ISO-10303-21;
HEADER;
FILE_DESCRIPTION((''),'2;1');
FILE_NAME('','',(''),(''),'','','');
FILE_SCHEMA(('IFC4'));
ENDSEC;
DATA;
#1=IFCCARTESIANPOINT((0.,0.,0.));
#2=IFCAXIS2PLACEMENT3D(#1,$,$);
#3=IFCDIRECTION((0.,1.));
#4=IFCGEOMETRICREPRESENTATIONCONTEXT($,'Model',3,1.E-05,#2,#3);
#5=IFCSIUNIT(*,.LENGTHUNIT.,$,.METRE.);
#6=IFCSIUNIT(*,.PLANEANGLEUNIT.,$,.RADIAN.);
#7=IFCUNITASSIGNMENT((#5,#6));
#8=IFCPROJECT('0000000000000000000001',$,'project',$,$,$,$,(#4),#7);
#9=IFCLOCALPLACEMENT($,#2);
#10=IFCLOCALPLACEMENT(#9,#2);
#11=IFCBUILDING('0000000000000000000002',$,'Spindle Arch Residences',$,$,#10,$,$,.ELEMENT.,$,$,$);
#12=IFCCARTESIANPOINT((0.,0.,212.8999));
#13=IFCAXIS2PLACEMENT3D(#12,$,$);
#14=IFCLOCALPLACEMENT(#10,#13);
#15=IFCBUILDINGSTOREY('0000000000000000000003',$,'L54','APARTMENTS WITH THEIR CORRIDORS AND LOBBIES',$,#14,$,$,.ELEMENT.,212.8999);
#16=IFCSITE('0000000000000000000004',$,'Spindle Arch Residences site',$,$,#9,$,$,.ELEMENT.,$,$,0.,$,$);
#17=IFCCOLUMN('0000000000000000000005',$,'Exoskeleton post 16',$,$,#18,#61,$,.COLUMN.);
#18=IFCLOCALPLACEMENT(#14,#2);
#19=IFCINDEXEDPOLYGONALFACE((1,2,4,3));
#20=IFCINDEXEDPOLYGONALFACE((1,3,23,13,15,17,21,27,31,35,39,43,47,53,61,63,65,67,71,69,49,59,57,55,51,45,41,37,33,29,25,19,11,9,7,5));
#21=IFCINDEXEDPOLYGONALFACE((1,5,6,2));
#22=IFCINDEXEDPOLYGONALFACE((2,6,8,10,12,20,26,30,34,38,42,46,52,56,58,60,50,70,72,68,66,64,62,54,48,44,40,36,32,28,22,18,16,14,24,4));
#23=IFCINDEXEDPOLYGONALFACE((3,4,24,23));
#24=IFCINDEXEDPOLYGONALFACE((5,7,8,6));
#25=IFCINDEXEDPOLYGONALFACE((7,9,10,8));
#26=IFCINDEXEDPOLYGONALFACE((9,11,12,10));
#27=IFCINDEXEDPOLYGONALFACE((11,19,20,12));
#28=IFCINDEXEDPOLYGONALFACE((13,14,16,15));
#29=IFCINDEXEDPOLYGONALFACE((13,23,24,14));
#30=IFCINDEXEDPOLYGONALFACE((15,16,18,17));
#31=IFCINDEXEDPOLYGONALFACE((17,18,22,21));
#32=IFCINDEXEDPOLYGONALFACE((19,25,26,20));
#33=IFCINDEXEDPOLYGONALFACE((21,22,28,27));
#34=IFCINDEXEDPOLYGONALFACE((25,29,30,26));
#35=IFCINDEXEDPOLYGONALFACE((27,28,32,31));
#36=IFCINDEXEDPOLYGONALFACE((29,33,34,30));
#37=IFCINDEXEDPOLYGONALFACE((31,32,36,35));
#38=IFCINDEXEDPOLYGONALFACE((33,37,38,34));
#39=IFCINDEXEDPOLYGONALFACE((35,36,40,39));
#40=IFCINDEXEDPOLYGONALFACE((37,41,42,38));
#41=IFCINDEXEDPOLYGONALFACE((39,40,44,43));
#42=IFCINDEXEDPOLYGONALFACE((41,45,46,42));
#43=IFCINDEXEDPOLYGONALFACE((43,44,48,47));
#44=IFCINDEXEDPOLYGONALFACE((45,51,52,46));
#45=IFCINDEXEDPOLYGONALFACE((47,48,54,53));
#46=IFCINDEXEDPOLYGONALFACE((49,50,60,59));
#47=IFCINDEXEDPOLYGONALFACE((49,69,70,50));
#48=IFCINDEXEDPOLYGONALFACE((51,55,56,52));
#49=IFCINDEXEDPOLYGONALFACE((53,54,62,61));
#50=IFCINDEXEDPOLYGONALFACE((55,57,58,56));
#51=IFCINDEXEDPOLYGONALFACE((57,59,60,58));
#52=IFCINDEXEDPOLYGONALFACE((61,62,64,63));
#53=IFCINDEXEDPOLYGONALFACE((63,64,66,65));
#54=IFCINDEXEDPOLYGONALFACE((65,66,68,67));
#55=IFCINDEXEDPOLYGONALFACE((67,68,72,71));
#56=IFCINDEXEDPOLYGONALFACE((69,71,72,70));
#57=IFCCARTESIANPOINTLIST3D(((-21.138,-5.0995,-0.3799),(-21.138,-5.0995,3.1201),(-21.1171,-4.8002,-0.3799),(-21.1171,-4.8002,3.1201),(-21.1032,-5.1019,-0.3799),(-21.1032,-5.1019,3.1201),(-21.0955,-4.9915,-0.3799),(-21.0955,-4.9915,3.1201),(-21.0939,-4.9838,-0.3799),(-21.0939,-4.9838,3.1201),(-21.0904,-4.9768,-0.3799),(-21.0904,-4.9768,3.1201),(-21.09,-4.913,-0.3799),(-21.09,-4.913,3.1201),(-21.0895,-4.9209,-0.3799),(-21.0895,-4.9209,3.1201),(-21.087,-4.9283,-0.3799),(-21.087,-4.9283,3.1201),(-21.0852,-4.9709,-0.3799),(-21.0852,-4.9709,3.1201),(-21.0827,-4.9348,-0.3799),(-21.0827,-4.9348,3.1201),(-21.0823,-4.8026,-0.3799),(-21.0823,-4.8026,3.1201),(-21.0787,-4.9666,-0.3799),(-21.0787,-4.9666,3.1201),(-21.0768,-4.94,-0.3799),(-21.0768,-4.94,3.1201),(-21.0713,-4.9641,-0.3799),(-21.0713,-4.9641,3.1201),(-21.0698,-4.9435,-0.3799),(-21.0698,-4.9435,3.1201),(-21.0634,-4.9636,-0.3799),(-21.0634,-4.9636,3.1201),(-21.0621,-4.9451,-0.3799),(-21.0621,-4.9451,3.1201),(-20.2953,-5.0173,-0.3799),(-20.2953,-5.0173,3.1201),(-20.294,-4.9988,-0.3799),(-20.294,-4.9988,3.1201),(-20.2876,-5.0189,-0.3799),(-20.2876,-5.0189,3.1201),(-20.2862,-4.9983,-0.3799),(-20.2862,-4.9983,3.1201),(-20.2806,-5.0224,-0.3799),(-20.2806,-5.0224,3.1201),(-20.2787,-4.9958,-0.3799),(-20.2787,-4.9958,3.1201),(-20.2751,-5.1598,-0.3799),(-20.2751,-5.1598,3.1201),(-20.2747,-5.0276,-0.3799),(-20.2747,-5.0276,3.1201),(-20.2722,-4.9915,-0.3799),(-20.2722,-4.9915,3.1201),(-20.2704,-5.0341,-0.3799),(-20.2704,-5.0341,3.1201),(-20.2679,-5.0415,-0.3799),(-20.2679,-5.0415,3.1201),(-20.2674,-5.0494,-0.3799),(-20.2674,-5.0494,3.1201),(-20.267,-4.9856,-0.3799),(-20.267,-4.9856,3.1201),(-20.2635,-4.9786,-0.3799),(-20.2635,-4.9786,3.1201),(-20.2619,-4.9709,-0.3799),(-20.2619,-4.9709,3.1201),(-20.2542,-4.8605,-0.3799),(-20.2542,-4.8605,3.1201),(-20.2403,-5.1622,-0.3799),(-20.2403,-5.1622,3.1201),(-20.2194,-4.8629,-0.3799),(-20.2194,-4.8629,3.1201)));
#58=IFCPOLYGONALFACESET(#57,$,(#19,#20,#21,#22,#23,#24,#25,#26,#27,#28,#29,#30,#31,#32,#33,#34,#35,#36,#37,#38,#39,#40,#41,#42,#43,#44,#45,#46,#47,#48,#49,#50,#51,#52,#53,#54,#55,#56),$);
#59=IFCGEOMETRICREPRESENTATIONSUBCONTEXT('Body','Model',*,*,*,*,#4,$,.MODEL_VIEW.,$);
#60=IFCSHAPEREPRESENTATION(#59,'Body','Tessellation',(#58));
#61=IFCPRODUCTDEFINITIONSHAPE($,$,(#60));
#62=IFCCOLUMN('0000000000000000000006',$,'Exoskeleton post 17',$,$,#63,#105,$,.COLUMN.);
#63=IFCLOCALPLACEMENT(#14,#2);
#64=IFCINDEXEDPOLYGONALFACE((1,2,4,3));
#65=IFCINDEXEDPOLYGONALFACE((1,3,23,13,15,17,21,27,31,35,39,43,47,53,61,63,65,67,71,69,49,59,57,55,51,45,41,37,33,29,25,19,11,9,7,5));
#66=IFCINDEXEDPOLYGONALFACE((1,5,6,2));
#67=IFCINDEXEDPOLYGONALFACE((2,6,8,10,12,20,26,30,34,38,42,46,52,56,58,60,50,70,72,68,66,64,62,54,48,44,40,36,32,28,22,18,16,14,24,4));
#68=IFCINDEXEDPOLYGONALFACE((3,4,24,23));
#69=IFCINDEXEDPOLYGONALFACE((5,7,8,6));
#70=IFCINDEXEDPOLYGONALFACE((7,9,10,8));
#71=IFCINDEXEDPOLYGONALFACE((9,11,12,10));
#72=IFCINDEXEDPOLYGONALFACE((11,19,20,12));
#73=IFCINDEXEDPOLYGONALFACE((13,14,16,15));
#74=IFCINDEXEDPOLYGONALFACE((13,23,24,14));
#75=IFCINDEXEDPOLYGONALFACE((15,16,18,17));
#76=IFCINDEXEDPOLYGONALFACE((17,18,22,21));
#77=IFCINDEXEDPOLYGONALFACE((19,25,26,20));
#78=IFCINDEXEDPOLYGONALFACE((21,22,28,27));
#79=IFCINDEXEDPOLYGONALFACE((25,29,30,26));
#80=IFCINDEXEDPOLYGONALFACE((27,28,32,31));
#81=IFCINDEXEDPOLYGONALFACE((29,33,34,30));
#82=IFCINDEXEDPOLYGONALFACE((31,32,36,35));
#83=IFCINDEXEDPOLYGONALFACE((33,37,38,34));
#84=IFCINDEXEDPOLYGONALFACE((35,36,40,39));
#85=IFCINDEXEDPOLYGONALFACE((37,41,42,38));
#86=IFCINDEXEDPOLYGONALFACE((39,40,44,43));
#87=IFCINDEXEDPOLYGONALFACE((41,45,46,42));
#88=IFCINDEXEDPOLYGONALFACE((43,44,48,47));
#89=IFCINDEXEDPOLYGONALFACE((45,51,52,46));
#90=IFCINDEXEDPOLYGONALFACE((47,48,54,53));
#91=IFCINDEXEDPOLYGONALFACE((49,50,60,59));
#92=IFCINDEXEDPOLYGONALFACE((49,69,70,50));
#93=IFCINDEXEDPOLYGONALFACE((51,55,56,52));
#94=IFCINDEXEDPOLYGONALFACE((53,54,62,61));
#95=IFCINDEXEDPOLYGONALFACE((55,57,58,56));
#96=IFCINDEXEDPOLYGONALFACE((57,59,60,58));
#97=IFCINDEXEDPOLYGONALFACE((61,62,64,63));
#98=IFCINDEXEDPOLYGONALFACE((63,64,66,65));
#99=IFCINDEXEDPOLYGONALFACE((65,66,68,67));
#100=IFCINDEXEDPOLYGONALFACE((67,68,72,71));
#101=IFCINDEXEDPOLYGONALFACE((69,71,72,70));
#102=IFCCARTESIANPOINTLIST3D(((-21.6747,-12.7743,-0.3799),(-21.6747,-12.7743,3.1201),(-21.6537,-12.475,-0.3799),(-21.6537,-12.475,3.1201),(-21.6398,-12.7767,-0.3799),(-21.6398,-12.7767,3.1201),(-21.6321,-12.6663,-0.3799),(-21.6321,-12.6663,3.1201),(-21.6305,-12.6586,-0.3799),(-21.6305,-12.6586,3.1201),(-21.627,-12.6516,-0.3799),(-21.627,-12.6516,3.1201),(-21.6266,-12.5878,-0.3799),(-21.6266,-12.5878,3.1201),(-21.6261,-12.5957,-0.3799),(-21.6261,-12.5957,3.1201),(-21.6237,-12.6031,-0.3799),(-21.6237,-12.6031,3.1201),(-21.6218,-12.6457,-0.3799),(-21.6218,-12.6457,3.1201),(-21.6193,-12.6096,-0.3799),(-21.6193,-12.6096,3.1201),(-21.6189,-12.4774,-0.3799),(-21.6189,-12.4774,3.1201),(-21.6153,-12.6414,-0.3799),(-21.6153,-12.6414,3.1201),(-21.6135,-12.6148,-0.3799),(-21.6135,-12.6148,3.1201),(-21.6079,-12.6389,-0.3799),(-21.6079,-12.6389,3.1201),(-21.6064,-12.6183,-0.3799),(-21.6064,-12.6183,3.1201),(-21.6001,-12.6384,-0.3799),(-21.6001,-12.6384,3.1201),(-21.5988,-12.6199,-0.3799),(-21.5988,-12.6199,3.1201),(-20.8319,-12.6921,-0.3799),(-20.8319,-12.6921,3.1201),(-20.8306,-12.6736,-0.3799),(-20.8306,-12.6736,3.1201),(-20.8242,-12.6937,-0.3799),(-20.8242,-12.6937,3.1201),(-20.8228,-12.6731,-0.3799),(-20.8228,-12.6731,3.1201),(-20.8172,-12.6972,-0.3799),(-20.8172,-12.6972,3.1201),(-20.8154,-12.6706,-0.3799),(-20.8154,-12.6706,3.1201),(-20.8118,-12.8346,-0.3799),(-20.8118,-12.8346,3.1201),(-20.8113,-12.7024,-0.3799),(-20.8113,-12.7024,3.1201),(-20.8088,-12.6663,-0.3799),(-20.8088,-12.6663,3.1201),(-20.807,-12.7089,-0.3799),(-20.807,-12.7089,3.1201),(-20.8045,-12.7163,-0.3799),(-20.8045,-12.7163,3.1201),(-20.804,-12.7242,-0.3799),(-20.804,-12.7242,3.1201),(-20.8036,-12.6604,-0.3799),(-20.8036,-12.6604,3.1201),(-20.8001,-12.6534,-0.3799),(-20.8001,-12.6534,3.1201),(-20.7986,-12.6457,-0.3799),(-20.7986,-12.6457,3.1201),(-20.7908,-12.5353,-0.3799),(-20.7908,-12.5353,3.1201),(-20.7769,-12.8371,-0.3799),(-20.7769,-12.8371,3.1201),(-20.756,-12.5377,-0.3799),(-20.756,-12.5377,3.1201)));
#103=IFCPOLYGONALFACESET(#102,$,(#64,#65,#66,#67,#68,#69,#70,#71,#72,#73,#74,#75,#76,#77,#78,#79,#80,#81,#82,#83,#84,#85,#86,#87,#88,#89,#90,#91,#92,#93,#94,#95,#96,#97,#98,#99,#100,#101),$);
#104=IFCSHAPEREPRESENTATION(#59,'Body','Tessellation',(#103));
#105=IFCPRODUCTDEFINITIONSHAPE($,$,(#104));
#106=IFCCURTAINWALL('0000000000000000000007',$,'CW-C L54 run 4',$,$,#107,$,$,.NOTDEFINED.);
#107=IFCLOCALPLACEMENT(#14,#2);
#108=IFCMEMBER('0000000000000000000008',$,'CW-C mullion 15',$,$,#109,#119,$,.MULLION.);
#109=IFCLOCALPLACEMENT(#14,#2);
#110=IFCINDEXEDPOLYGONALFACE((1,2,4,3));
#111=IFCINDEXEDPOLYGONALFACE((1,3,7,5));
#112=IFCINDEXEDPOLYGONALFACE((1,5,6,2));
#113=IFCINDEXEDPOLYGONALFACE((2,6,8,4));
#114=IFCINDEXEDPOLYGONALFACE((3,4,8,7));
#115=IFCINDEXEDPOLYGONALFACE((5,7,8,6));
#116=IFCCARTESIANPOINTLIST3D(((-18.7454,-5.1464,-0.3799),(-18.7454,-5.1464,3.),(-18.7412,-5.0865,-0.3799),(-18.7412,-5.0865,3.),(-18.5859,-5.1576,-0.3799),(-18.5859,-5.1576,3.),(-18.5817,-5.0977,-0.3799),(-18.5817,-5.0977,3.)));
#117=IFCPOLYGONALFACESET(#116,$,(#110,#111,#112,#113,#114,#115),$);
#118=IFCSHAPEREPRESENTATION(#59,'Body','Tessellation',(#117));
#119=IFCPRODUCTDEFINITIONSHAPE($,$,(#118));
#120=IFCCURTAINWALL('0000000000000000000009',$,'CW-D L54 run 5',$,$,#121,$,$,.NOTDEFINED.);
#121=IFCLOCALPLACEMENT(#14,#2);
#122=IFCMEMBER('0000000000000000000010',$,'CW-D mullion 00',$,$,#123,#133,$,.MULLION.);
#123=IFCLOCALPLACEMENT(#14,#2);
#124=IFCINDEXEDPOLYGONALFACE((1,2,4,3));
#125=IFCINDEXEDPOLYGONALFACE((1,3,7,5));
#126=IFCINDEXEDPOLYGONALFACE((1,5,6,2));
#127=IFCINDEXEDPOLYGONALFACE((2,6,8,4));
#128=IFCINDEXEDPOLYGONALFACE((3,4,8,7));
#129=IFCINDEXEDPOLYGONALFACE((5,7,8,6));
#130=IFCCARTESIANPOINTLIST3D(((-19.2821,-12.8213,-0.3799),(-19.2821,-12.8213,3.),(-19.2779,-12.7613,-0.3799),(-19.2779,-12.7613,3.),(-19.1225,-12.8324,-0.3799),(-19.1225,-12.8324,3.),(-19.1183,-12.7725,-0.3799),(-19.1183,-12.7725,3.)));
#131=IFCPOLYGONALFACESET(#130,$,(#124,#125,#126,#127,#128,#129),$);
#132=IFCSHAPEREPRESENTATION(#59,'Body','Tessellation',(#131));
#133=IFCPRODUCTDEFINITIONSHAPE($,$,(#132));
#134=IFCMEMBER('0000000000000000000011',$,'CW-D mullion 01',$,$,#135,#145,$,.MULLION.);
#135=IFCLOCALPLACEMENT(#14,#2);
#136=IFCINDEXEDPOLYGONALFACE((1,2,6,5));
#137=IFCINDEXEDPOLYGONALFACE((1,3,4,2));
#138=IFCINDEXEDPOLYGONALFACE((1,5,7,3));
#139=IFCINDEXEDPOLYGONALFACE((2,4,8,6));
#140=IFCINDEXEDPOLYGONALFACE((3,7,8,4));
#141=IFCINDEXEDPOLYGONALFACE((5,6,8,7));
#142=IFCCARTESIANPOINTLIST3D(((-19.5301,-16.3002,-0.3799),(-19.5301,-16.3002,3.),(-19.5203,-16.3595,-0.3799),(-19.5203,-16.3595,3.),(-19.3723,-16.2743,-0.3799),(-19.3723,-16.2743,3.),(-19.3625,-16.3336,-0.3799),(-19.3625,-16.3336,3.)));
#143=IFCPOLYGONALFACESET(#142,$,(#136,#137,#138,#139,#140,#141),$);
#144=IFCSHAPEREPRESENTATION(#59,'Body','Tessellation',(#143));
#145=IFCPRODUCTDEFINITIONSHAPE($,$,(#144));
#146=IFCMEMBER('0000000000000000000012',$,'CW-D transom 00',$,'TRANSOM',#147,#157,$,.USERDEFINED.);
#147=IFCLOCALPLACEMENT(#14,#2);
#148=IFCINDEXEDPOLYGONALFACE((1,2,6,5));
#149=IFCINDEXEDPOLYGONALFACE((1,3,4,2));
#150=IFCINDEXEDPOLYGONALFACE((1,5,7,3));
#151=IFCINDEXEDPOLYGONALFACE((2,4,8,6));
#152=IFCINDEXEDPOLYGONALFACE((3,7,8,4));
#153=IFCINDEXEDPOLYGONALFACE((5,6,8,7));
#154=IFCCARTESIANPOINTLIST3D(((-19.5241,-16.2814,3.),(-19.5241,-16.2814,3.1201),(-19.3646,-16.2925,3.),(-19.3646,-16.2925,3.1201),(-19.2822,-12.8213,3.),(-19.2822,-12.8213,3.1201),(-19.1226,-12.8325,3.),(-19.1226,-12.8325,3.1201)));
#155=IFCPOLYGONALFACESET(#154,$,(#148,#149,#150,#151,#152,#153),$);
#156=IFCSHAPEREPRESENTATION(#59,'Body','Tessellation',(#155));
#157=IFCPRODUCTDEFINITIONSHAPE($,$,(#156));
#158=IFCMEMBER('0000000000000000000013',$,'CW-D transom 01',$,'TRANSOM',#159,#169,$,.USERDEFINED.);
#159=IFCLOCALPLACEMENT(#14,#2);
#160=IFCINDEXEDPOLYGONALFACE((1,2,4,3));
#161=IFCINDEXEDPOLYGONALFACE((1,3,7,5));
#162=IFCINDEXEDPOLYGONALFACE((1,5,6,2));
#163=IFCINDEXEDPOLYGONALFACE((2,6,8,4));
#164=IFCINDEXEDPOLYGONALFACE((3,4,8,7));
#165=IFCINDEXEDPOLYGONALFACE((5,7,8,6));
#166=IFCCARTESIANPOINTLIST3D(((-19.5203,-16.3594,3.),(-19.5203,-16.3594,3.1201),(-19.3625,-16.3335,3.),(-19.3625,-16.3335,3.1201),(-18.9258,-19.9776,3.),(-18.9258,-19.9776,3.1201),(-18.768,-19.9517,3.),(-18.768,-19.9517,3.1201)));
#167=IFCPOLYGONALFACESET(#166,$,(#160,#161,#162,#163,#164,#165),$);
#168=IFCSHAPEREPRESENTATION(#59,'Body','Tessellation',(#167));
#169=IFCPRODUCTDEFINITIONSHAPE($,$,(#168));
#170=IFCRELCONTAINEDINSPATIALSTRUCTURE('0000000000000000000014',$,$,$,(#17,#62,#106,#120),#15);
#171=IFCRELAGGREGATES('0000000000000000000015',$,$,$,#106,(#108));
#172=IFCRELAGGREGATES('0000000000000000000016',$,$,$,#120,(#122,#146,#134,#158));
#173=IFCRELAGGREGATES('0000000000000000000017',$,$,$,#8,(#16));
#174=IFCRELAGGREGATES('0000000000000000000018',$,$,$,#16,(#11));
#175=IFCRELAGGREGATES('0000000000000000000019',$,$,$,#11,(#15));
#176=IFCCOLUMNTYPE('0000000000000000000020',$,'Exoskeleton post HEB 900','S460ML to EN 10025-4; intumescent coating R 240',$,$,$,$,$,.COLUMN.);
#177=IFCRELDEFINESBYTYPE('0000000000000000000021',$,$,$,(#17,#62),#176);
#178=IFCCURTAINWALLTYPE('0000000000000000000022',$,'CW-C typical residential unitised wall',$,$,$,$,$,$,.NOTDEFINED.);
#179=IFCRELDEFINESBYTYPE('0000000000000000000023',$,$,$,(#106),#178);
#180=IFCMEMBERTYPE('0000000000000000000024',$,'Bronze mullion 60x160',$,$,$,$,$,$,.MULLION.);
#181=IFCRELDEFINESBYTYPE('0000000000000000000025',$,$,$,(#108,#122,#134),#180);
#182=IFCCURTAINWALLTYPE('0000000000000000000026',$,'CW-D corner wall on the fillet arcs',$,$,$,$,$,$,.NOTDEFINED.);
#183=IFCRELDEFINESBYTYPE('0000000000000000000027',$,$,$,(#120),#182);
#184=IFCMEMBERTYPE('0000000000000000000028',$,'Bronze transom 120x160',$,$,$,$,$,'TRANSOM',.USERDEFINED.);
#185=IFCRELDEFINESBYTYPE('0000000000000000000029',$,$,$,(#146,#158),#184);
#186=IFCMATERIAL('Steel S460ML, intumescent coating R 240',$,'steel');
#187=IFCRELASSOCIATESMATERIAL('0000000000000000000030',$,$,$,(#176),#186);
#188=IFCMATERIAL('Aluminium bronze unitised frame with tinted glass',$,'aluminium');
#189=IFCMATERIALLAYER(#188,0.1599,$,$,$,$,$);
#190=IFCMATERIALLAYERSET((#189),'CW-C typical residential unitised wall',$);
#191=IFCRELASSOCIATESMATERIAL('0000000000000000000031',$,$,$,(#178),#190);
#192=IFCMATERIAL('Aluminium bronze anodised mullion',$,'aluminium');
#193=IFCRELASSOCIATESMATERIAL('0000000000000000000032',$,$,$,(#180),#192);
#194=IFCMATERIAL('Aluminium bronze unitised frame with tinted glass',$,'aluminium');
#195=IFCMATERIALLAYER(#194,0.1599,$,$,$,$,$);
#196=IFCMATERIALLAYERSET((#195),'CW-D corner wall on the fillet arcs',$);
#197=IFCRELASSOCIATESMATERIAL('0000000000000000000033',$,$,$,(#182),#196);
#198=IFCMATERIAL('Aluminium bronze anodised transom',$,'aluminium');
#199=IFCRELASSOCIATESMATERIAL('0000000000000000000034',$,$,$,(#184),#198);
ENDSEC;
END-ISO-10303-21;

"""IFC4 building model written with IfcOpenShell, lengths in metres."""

from ifc_helpers import new_model, si_unit, direction, frame, origin, origin_2d, place, context, subcontext, project, spatial, rectangle, i_section, extrude, material, layer, layer_set, material_profile, profile_set, type_object, element, aggregate, save


model = new_model("IFC4")

# Units and contexts
model_context = context("Model", 3, precision=1e-05, world=origin(), true_north=direction((0.0, 1.0)))
body_context = subcontext(model_context, "Body", "Model", "MODEL_VIEW")
ifc_project = project(units=[si_unit("LENGTHUNIT", "METRE"), si_unit("PLANEANGLEUNIT", "RADIAN")], contexts=[model_context])

# Site, building, storey
site_placement = place(None, origin())
site = spatial("IfcSite", under=ifc_project, at=site_placement, Name="Spindle Arch Residences site", CompositionType="ELEMENT", RefElevation=0.0)
building_placement = place(site_placement, origin())
building = spatial("IfcBuilding", under=site, at=building_placement, Name="Spindle Arch Residences", CompositionType="ELEMENT")
storey_placement = place(building_placement, frame((0.0, 0.0, 212.8999)))
storey = spatial("IfcBuildingStorey", under=building, at=storey_placement, Name="L54", Description="APARTMENTS WITH THEIR CORRIDORS AND LOBBIES", CompositionType="ELEMENT", Elevation=212.8999)

# Columns
ifc_material_1 = material(Name="Steel S460ML, intumescent coating R 240", Category="steel")
ifc_material_profile_1 = material_profile(ifc_material_1, i_section(OverallWidth=0.3, OverallDepth=0.8999, WebThickness=0.0186, FlangeThickness=0.0349, FilletRadius=0.03, at=origin_2d()), Name="HEB 900")
ifc_profile_set_1 = profile_set([ifc_material_profile_1], Name="Steel S460ML, intumescent coating R 240")
column_type = type_object("IfcColumnType", Name="Exoskeleton post HEB 900", Description="S460ML to EN 10025-4; intumescent coating R 240", PredefinedType="COLUMN", material=ifc_profile_set_1)
for number, where, z_axis, x_axis, name in (
    (1, (-20.6787, -4.9812, -0.3799), (0.0, 0.0, 1.0), (0.069756, 0.997564, 0.0), "Exoskeleton post 16"),
    (2, (-21.2153, -12.656, -0.3799), (0.0, 0.0, 1.0), (0.069756, 0.997564, 0.0), "Exoskeleton post 17"),
):
    element("IfcColumn", number, at=place(storey_placement, frame(where, z_axis=z_axis, x_axis=x_axis)), inside=storey, type_object=column_type, Name=name, PredefinedType="COLUMN", context=body_context, shape_type="SweptSolid", body=[
        extrude(i_section(OverallWidth=0.3, OverallDepth=0.8999, WebThickness=0.0186, FlangeThickness=0.0349, FilletRadius=0.03, at=origin_2d()), origin(), (0.0, 0.0, 1.0), 3.5),
    ])

# Curtain wall, member
ifc_material_2 = material(Name="Aluminium bronze unitised frame with tinted glass", Category="aluminium")
ifc_layer_1 = layer(ifc_material_2, 0.1599)
ifc_layer_set_1 = layer_set([ifc_layer_1], Name="CW-C typical residential unitised wall")
curtain_wall_type_1 = type_object("IfcCurtainWallType", Name="CW-C typical residential unitised wall", PredefinedType="NOTDEFINED", material=ifc_layer_set_1)
curtain_wall_1_placement = place(storey_placement, origin())
curtain_wall_1 = element("IfcCurtainWall", 3, at=curtain_wall_1_placement, inside=storey, type_object=curtain_wall_type_1, Name="CW-C L54 run 4", PredefinedType="NOTDEFINED")
ifc_material_3 = material(Name="Aluminium bronze anodised mullion", Category="aluminium")
ifc_material_profile_2 = material_profile(ifc_material_3, rectangle(XDim=0.1599, YDim=0.0601, at=origin_2d()), Name="MU 60x160")
ifc_profile_set_2 = profile_set([ifc_material_profile_2], Name="Aluminium bronze anodised mullion")
member_type_1 = type_object("IfcMemberType", Name="Bronze mullion 60x160", PredefinedType="MULLION", material=ifc_profile_set_2)
member_1_placement = place(storey_placement, frame((-18.6636, -5.1221, -0.3799), z_axis=(0.0, 0.0, 1.0), x_axis=(0.997564, -0.069756, 0.0)))
member_1 = element("IfcMember", 4, at=member_1_placement, type_object=member_type_1, Name="CW-C mullion 15", PredefinedType="MULLION", context=body_context, shape_type="SweptSolid", body=[
    extrude(rectangle(XDim=0.1599, YDim=0.0601, at=origin_2d()), origin(), (0.0, 0.0, 1.0), 3.3799),
])

# Curtain wall, members
ifc_material_4 = material(Name="Aluminium bronze unitised frame with tinted glass", Category="aluminium")
ifc_layer_2 = layer(ifc_material_4, 0.1599)
ifc_layer_set_2 = layer_set([ifc_layer_2], Name="CW-D corner wall on the fillet arcs")
curtain_wall_type_2 = type_object("IfcCurtainWallType", Name="CW-D corner wall on the fillet arcs", PredefinedType="NOTDEFINED", material=ifc_layer_set_2)
curtain_wall_2_placement = place(storey_placement, origin())
curtain_wall_2 = element("IfcCurtainWall", 5, at=curtain_wall_2_placement, inside=storey, type_object=curtain_wall_type_2, Name="CW-D L54 run 5", PredefinedType="NOTDEFINED")
member_2_placement = place(storey_placement, frame((-19.2002, -12.7969, -0.3799), z_axis=(0.0, 0.0, 1.0), x_axis=(0.997564, -0.069756, 0.0)))
member_2 = element("IfcMember", 6, at=member_2_placement, type_object=member_type_1, Name="CW-D mullion 00", PredefinedType="MULLION", context=body_context, shape_type="SweptSolid", body=[
    extrude(rectangle(XDim=0.1599, YDim=0.0601, at=origin_2d()), origin(), (0.0, 0.0, 1.0), 3.3799),
])
member_3_placement = place(storey_placement, frame((-19.4463, -16.3169, -0.3799), z_axis=(0.0, 0.0, 1.0), x_axis=(0.986762, 0.162178, 0.0)))
member_3 = element("IfcMember", 7, at=member_3_placement, type_object=member_type_1, Name="CW-D mullion 01", PredefinedType="MULLION", context=body_context, shape_type="SweptSolid", body=[
    extrude(rectangle(XDim=0.1599, YDim=0.0601, at=origin_2d()), origin(), (0.0, 0.0, 1.0), 3.3799),
])
ifc_material_5 = material(Name="Aluminium bronze anodised transom", Category="aluminium")
ifc_material_profile_3 = material_profile(ifc_material_5, rectangle(XDim=0.1599, YDim=0.1201, at=origin_2d()), Name="TR 120x160")
ifc_profile_set_3 = profile_set([ifc_material_profile_3], Name="Aluminium bronze anodised transom")
member_type_2 = type_object("IfcMemberType", Name="Bronze transom 120x160", ElementType="TRANSOM", PredefinedType="USERDEFINED", material=ifc_profile_set_3)
member_4_placement = place(storey_placement, frame((-19.2024, -12.8269, 3.0601), z_axis=(-0.069756, -0.997564, 0.0), x_axis=(0.997564, -0.069756, 0.0)))
member_4 = element("IfcMember", 8, at=member_4_placement, type_object=member_type_2, Name="CW-D transom 00", ObjectType="TRANSOM", PredefinedType="USERDEFINED", context=body_context, shape_type="SweptSolid", body=[
    extrude(rectangle(XDim=0.1599, YDim=0.1201, at=origin_2d()), origin(), (0.0, 0.0, 1.0), 3.4685),
])
member_5_placement = place(storey_placement, frame((-19.4414, -16.3464, 3.0601), z_axis=(0.162131, -0.986769, 0.0), x_axis=(0.986769, 0.162131, 0.0)))
member_5 = element("IfcMember", 9, at=member_5_placement, type_object=member_type_2, Name="CW-D transom 01", ObjectType="TRANSOM", PredefinedType="USERDEFINED", context=body_context, shape_type="SweptSolid", body=[
    extrude(rectangle(XDim=0.1599, YDim=0.1201, at=origin_2d()), origin(), (0.0, 0.0, 1.0), 3.6667),
])

aggregate(curtain_wall_1, [member_1])
aggregate(curtain_wall_2, [member_2, member_4, member_3, member_5])

save(model, "model.ifc")
